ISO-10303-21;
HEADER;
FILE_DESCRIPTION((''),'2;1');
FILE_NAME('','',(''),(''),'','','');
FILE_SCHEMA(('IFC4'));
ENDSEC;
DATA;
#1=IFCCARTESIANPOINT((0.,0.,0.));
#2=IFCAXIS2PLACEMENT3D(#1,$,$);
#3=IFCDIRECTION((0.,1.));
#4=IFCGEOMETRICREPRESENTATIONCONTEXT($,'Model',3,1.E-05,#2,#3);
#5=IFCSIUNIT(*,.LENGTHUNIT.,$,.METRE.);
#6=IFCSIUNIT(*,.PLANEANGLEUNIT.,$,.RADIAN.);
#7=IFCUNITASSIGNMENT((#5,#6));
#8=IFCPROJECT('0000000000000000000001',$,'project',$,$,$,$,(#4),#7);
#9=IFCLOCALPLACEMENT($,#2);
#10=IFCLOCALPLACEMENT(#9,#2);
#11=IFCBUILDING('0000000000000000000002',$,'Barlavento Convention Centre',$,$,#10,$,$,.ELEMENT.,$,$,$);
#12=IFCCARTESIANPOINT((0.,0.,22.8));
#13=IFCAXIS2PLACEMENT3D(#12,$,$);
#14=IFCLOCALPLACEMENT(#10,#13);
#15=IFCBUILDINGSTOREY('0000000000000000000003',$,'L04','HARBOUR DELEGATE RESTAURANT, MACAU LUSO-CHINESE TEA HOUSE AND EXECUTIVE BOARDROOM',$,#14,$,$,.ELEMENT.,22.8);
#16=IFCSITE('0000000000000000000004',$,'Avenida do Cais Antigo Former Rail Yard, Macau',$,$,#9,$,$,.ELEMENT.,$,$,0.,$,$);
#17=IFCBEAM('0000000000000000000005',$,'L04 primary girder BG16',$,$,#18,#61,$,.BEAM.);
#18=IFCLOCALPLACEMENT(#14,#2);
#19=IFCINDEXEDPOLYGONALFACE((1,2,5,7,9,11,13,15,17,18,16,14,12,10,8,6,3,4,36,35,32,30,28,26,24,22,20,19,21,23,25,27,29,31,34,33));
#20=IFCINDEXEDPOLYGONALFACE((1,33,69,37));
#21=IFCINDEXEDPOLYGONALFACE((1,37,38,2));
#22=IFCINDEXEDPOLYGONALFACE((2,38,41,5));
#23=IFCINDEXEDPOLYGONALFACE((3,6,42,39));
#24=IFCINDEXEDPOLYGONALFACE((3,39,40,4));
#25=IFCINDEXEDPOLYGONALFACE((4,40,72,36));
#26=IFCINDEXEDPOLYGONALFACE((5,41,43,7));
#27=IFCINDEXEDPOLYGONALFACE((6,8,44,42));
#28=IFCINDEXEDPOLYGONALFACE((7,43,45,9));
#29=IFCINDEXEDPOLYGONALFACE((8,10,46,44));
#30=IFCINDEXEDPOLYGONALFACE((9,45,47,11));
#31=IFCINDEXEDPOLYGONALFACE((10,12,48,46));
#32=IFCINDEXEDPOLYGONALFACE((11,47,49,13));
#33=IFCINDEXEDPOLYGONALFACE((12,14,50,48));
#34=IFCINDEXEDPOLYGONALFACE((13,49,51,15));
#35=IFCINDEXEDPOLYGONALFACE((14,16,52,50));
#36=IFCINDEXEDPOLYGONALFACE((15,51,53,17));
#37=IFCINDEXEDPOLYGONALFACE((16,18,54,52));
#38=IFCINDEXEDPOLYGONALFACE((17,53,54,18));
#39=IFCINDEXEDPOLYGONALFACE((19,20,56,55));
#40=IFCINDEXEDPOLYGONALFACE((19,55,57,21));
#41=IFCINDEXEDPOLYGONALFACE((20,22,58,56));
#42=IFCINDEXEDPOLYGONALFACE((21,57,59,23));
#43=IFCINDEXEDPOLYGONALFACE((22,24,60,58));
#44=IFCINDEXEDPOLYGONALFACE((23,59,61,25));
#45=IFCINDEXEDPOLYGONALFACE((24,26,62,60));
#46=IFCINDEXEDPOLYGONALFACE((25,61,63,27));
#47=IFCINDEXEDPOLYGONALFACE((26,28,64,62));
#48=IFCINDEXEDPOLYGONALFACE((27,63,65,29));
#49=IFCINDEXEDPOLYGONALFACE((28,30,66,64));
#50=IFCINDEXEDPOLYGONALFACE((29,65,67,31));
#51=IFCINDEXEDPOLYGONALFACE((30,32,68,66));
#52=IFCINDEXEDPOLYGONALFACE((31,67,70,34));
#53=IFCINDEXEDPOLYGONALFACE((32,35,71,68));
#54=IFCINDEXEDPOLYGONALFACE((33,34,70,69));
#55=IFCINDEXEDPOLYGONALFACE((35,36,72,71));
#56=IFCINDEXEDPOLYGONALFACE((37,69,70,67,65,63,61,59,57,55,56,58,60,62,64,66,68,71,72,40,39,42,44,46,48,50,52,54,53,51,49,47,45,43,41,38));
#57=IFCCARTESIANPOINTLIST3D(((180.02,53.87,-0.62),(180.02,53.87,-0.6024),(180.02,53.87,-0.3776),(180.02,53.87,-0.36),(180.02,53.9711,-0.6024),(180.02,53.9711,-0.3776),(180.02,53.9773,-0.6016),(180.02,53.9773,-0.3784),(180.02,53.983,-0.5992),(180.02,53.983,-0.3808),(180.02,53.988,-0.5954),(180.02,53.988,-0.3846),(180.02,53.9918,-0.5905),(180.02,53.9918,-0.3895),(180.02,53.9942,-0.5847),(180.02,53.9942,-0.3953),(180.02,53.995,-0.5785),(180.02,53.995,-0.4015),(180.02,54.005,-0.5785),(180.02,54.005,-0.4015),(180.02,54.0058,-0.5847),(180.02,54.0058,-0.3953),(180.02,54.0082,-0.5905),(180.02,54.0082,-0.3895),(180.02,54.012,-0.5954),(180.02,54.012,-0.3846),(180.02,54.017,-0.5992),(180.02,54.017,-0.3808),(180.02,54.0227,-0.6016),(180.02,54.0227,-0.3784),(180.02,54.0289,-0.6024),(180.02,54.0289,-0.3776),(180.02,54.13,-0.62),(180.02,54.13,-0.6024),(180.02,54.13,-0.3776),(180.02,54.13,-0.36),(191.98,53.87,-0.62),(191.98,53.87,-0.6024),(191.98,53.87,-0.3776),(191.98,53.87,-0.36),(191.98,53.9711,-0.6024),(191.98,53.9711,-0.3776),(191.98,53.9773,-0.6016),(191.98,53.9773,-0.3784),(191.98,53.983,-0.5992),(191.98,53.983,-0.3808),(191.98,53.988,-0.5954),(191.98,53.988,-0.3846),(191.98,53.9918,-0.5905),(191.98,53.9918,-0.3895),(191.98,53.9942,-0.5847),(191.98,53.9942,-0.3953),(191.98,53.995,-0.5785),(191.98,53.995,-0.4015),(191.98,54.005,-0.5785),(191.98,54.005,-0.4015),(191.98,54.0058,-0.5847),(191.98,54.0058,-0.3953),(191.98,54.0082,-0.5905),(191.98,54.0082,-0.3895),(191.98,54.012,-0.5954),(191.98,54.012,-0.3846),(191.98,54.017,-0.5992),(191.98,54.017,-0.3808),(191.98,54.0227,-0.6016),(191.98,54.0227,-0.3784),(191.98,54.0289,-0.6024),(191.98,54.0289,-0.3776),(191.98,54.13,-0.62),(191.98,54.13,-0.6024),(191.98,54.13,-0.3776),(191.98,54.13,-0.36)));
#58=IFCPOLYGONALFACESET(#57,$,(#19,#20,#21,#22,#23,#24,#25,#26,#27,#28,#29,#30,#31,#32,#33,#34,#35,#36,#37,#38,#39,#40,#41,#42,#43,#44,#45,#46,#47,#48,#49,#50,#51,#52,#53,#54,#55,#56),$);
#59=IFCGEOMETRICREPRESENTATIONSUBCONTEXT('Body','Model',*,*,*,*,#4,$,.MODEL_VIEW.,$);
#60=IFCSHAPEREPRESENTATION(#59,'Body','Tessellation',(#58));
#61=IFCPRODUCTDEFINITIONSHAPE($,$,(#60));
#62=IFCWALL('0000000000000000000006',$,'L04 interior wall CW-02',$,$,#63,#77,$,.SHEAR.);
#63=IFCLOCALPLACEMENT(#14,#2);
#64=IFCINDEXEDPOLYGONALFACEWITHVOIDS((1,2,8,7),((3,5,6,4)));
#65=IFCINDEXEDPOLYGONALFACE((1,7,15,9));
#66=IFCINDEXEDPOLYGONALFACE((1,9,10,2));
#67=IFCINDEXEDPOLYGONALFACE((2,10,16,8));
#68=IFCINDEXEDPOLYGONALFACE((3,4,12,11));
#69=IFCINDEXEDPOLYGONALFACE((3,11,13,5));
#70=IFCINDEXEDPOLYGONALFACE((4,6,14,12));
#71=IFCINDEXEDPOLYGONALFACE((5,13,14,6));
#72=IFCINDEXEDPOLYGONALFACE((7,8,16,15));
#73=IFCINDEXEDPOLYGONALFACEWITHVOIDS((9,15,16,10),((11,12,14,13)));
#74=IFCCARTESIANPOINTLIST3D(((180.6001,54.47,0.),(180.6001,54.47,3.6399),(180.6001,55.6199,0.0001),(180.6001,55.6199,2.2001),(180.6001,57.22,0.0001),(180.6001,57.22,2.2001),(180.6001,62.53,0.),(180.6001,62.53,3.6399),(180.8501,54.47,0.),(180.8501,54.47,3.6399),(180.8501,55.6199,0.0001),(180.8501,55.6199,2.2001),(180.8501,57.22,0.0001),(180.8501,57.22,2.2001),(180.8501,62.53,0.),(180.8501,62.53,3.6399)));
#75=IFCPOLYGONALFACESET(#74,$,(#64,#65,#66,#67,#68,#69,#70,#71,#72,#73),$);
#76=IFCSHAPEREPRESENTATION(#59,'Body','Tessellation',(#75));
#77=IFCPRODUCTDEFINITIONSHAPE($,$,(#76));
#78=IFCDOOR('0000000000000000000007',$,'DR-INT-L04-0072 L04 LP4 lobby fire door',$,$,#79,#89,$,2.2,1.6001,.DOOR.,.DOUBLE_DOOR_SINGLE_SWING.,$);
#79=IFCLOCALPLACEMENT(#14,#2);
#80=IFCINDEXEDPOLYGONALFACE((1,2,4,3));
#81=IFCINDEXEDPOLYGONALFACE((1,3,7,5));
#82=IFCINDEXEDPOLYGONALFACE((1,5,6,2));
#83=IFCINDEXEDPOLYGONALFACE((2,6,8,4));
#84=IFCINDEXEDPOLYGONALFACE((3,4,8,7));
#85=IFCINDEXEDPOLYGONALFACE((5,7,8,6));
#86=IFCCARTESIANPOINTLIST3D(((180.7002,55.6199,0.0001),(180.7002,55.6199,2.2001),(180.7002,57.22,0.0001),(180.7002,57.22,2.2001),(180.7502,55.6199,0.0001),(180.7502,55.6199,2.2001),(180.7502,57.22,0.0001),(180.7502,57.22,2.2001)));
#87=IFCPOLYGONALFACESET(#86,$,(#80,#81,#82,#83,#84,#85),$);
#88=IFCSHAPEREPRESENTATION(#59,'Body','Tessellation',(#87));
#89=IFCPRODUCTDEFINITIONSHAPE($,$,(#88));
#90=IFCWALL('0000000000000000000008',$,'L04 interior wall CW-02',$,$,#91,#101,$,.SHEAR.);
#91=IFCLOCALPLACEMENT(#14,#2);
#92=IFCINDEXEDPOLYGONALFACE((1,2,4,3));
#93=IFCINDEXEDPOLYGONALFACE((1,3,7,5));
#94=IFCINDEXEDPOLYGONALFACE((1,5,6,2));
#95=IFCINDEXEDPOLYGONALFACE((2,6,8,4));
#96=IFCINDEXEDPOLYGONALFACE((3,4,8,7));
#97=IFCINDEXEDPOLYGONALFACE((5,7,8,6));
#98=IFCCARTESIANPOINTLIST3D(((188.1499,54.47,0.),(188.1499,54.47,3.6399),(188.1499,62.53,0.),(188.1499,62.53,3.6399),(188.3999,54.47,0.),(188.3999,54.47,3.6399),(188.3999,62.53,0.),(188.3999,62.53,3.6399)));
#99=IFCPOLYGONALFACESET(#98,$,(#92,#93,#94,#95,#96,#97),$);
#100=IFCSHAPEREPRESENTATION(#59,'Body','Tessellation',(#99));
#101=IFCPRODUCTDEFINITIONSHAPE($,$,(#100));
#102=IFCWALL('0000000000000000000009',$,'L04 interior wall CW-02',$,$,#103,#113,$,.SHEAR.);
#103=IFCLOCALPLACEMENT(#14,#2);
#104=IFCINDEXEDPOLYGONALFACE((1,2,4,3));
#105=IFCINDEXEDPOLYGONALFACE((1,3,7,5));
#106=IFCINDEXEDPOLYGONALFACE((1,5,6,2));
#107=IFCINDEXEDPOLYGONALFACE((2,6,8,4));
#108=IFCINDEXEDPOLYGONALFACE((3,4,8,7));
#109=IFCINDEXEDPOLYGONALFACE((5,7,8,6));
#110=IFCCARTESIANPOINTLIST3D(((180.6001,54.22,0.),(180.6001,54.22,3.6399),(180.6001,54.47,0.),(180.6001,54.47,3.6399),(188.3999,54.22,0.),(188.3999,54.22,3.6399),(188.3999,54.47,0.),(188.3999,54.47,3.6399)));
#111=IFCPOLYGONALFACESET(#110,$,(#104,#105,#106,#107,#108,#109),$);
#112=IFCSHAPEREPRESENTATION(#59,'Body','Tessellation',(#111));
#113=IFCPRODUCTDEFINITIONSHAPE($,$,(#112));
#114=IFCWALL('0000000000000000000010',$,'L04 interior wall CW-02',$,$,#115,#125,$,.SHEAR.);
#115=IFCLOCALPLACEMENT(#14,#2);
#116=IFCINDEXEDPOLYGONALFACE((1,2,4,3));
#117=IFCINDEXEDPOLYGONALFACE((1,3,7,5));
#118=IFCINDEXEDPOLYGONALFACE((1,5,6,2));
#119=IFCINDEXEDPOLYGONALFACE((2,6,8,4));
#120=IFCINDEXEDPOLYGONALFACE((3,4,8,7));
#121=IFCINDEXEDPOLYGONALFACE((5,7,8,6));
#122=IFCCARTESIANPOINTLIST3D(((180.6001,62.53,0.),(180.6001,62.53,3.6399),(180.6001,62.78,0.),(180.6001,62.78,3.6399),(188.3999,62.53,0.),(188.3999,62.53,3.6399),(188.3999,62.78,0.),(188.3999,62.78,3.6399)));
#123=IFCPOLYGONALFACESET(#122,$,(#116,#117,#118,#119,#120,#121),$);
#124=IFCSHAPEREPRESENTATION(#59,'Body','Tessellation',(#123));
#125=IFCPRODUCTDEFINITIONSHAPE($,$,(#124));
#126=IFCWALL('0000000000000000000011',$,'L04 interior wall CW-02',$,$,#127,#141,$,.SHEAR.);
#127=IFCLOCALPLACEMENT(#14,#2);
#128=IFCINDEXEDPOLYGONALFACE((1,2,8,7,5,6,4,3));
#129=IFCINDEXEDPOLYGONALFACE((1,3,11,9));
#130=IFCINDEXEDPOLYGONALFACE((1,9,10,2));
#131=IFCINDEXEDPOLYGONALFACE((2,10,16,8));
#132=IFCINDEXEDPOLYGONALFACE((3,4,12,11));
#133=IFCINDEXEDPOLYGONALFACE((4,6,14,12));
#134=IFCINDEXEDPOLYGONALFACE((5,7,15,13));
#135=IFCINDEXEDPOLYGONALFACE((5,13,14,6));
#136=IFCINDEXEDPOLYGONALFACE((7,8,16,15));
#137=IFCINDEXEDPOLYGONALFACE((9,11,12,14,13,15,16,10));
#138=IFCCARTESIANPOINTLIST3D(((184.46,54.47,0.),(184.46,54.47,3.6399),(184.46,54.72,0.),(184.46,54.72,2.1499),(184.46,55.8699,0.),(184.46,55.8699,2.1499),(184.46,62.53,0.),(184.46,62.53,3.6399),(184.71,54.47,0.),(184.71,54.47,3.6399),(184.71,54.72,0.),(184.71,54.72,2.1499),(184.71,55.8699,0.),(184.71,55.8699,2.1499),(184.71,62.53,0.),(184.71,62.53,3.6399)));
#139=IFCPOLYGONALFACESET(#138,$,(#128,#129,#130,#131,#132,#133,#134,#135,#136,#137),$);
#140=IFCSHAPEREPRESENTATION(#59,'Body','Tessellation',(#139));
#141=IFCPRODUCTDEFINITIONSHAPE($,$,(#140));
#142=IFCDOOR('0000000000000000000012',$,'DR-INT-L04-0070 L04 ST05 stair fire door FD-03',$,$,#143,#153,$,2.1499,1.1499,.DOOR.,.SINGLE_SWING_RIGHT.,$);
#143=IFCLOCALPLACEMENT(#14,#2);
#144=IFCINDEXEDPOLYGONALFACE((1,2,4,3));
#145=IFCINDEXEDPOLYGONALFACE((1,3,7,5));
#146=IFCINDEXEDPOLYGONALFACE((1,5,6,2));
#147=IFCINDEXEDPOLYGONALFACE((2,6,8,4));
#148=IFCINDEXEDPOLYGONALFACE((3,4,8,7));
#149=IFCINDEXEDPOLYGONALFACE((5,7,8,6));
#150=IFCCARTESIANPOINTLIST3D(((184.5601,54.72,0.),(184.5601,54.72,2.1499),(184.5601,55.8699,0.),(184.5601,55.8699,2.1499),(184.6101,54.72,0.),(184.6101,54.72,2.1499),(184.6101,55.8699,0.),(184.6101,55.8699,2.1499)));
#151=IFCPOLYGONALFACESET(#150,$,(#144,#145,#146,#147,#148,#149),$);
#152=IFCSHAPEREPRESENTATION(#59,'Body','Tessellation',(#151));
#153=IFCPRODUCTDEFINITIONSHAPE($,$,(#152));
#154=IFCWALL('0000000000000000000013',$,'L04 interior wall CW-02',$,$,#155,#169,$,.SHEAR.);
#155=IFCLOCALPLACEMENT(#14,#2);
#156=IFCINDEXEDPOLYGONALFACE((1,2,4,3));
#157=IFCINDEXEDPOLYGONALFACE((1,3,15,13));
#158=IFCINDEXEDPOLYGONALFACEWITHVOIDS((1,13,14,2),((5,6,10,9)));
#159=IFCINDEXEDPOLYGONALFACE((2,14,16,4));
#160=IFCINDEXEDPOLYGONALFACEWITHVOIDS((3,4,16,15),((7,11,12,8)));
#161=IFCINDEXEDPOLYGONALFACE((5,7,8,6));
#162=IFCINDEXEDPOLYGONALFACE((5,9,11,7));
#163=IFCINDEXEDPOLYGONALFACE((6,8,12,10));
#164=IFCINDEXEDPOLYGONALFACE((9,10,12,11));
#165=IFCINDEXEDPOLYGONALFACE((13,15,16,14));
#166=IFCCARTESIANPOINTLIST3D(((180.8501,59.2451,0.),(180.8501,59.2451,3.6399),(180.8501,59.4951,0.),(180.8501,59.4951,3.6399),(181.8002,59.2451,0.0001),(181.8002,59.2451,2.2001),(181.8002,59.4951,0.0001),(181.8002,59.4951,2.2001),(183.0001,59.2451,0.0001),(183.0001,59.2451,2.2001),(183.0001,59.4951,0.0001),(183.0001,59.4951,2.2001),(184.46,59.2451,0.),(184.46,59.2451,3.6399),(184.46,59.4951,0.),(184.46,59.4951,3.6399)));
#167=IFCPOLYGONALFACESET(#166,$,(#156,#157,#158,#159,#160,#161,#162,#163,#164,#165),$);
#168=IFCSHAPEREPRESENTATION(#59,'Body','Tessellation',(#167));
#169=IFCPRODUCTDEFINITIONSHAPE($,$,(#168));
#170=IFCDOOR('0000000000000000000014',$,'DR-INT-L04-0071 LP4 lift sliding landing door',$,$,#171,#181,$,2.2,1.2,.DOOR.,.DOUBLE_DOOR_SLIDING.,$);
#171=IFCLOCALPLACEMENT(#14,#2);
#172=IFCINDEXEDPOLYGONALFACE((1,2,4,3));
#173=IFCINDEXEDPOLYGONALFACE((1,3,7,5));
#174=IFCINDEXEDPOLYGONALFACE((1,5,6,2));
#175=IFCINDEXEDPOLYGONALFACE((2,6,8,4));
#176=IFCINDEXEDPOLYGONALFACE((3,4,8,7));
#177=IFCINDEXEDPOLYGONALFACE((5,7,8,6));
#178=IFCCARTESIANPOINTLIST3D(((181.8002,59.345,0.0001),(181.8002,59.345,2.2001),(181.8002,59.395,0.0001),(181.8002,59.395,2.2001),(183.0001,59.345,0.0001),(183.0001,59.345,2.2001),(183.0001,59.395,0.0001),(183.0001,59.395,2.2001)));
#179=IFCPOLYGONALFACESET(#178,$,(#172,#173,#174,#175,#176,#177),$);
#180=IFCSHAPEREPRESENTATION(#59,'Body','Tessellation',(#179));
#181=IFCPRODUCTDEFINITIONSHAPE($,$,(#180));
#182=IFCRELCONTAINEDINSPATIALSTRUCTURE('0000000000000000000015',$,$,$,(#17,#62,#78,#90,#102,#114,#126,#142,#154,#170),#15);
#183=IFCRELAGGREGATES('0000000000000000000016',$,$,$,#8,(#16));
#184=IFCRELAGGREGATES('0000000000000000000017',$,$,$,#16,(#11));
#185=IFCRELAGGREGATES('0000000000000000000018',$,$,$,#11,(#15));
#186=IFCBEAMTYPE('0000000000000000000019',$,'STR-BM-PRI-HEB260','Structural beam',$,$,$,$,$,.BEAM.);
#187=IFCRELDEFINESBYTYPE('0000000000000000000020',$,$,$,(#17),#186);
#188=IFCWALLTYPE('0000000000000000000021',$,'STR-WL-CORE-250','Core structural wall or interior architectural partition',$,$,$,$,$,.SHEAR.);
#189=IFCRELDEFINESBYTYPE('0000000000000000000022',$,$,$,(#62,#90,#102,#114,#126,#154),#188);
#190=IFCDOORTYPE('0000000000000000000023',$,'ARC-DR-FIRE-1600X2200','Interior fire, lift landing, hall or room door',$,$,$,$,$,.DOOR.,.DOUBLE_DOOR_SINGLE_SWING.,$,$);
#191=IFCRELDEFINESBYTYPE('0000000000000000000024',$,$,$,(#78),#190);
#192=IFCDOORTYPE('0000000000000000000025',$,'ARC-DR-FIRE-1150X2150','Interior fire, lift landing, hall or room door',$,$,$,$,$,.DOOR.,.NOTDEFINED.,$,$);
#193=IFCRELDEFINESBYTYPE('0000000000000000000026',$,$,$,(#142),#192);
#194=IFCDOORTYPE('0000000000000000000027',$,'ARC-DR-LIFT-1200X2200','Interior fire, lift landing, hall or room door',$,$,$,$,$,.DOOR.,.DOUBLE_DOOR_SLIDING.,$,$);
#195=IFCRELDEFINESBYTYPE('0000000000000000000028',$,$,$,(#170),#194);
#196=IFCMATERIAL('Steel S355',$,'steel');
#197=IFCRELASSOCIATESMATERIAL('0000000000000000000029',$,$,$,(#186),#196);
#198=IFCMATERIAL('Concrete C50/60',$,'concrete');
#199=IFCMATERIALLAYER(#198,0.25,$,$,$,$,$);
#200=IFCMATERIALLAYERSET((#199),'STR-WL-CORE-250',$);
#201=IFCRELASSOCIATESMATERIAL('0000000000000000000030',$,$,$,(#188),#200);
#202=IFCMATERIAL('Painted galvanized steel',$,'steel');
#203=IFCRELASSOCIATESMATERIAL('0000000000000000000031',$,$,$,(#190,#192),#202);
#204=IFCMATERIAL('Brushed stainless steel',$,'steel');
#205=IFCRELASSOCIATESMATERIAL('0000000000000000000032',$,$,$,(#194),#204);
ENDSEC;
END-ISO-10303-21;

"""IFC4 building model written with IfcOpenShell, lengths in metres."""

from ifc_helpers import new_model, si_unit, direction, frame, frame_2d, origin, origin_2d, place, context, subcontext, project, spatial, rectangle, i_section, extrude, material, layer, layer_set, material_profile, profile_set, type_object, element, fill, save


model = new_model("IFC4")

# Units and contexts
model_context = context("Model", 3, precision=1e-05, world=origin(), true_north=direction((0.0, 1.0)))
body_context = subcontext(model_context, "Body", "Model", "MODEL_VIEW")
ifc_project = project(units=[si_unit("LENGTHUNIT", "METRE"), si_unit("PLANEANGLEUNIT", "RADIAN")], contexts=[model_context])

# Site, building, storey
site_placement = place(None, origin())
site = spatial("IfcSite", under=ifc_project, at=site_placement, Name="Avenida do Cais Antigo Former Rail Yard, Macau", CompositionType="ELEMENT", RefElevation=0.0)
building_placement = place(site_placement, origin())
building = spatial("IfcBuilding", under=site, at=building_placement, Name="Barlavento Convention Centre", CompositionType="ELEMENT")
storey_placement = place(building_placement, frame((0.0, 0.0, 22.8)))
storey = spatial("IfcBuildingStorey", under=building, at=storey_placement, Name="L04", Description="HARBOUR DELEGATE RESTAURANT, MACAU LUSO-CHINESE TEA HOUSE AND EXECUTIVE BOARDROOM", CompositionType="ELEMENT", Elevation=22.8)

# Beam
ifc_material_1 = material(Name="Steel S355", Category="steel")
ifc_material_profile = material_profile(ifc_material_1, i_section(OverallWidth=0.26, OverallDepth=0.26, WebThickness=0.01, FlangeThickness=0.0176, FilletRadius=0.0239, at=origin_2d()), Name="HEB 260")
ifc_profile_set = profile_set([ifc_material_profile], Name="Steel S355")
beam_type = type_object("IfcBeamType", Name="STR-BM-PRI-HEB260", Description="Structural beam", PredefinedType="BEAM", material=ifc_profile_set)
beam_placement = place(storey_placement, frame((180.02, 54.0, -0.49), z_axis=(1.0, 0.0, 0.0), x_axis=(0.0, 1.0, 0.0)))
element("IfcBeam", 1, at=beam_placement, inside=storey, type_object=beam_type, Name="L04 primary girder BG16", PredefinedType="BEAM", context=body_context, shape_type="SweptSolid", body=[
    extrude(i_section(OverallWidth=0.26, OverallDepth=0.26, WebThickness=0.01, FlangeThickness=0.0176, FilletRadius=0.0239, at=origin_2d()), origin(), (0.0, 0.0, 1.0), 11.96),
])

# Wall, opening, door
ifc_material_2 = material(Name="Concrete C50/60", Category="concrete")
ifc_layer = layer(ifc_material_2, 0.25)
ifc_layer_set = layer_set([ifc_layer], Name="STR-WL-CORE-250")
wall_type = type_object("IfcWallType", Name="STR-WL-CORE-250", Description="Core structural wall or interior architectural partition", PredefinedType="SHEAR", material=ifc_layer_set)
wall_1_placement = place(storey_placement, frame((180.7251, 54.47, 0.0), z_axis=(0.0, 0.0, 1.0), x_axis=(0.0, 1.0, 0.0)))
wall_1 = element("IfcWall", 2, at=wall_1_placement, inside=storey, type_object=wall_type, Name="L04 interior wall CW-02", PredefinedType="SHEAR", context=body_context, shape_type="SweptSolid", body=[
    extrude(rectangle(XDim=8.0601, YDim=0.25, at=frame_2d((4.03, 0.0))), origin(), (0.0, 0.0, 1.0), 3.6399),
])
opening_1_placement = place(wall_1_placement, frame((1.1499, 0.0, 0.0)))
opening_1 = element("IfcOpeningElement", 3, at=opening_1_placement, cuts=wall_1, PredefinedType="OPENING", context=body_context, shape_type="SweptSolid", body=[
    extrude(rectangle(XDim=1.6001, YDim=2.2, at=frame_2d((0.8, 1.1001))), frame((0.0, 0.135, 0.0), z_axis=(0.0, -1.0, 0.0), x_axis=(1.0, 0.0, 0.0)), (0.0, 0.0, 1.0), 0.27),
])
ifc_material_3 = material(Name="Painted galvanized steel", Category="steel")
door_type_1 = type_object("IfcDoorType", Name="ARC-DR-FIRE-1600X2200", Description="Interior fire, lift landing, hall or room door", OperationType="DOUBLE_DOOR_SINGLE_SWING", PredefinedType="DOOR", material=ifc_material_3)
door_1_placement = place(opening_1_placement, origin())
door_1 = element("IfcDoor", 4, at=door_1_placement, inside=storey, type_object=door_type_1, Name="DR-INT-L04-0072 L04 LP4 lobby fire door", OperationType="DOUBLE_DOOR_SINGLE_SWING", OverallHeight=2.2, OverallWidth=1.6001, PredefinedType="DOOR", context=body_context, shape_type="SweptSolid", body=[
    extrude(rectangle(XDim=1.6001, YDim=2.2, at=frame_2d((0.8, 1.1001))), frame((0.0, 0.0249, 0.0), z_axis=(0.0, -1.0, 0.0), x_axis=(1.0, 0.0, 0.0)), (0.0, 0.0, 1.0), 0.05),
])
fill(opening_1, door_1)

# Walls
wall_2_placement = place(storey_placement, frame((188.2749, 54.47, 0.0), z_axis=(0.0, 0.0, 1.0), x_axis=(0.0, 1.0, 0.0)))
element("IfcWall", 5, at=wall_2_placement, inside=storey, type_object=wall_type, Name="L04 interior wall CW-02", PredefinedType="SHEAR", context=body_context, shape_type="SweptSolid", body=[
    extrude(rectangle(XDim=8.0601, YDim=0.25, at=frame_2d((4.03, 0.0))), origin(), (0.0, 0.0, 1.0), 3.6399),
])
for number, where, z_axis, x_axis, name in (
    (6, (180.6001, 54.345, 0.0), (0.0, 0.0, 1.0), (1.0, 0.0, 0.0), "L04 interior wall CW-02"),
    (7, (180.6001, 62.655, 0.0), (0.0, 0.0, 1.0), (1.0, 0.0, 0.0), "L04 interior wall CW-02"),
):
    element("IfcWall", number, at=place(storey_placement, frame(where, z_axis=z_axis, x_axis=x_axis)), inside=storey, type_object=wall_type, Name=name, PredefinedType="SHEAR", context=body_context, shape_type="SweptSolid", body=[
        extrude(rectangle(XDim=7.7998, YDim=0.25, at=frame_2d((3.8999, 0.0))), origin(), (0.0, 0.0, 1.0), 3.6399),
    ])

# Walls, openings, doors
wall_3_placement = place(storey_placement, frame((184.585, 54.47, 0.0), z_axis=(0.0, 0.0, 1.0), x_axis=(0.0, 1.0, 0.0)))
wall_3 = element("IfcWall", 8, at=wall_3_placement, inside=storey, type_object=wall_type, Name="L04 interior wall CW-02", PredefinedType="SHEAR", context=body_context, shape_type="SweptSolid", body=[
    extrude(rectangle(XDim=8.0601, YDim=0.25, at=frame_2d((4.03, 0.0))), origin(), (0.0, 0.0, 1.0), 3.6399),
])
opening_2_placement = place(wall_3_placement, frame((0.25, 0.0, 0.0)))
opening_2 = element("IfcOpeningElement", 9, at=opening_2_placement, cuts=wall_3, PredefinedType="OPENING", context=body_context, shape_type="SweptSolid", body=[
    extrude(rectangle(XDim=1.1499, YDim=2.1499, at=frame_2d((0.575, 1.075))), frame((0.0, 0.135, 0.0), z_axis=(0.0, -1.0, 0.0), x_axis=(1.0, 0.0, 0.0)), (0.0, 0.0, 1.0), 0.27),
])
door_type_2 = type_object("IfcDoorType", Name="ARC-DR-FIRE-1150X2150", Description="Interior fire, lift landing, hall or room door", OperationType="NOTDEFINED", PredefinedType="DOOR", material=ifc_material_3)
door_2_placement = place(opening_2_placement, origin())
door_2 = element("IfcDoor", 10, at=door_2_placement, inside=storey, type_object=door_type_2, Name="DR-INT-L04-0070 L04 ST05 stair fire door FD-03", OperationType="SINGLE_SWING_RIGHT", OverallHeight=2.1499, OverallWidth=1.1499, PredefinedType="DOOR", context=body_context, shape_type="SweptSolid", body=[
    extrude(rectangle(XDim=1.1499, YDim=2.1499, at=frame_2d((0.575, 1.075))), frame((0.0, 0.0249, 0.0), z_axis=(0.0, -1.0, 0.0), x_axis=(1.0, 0.0, 0.0)), (0.0, 0.0, 1.0), 0.05),
])
fill(opening_2, door_2)
wall_4_placement = place(storey_placement, frame((180.8501, 59.3701, 0.0), z_axis=(0.0, 0.0, 1.0), x_axis=(1.0, 0.0, 0.0)))
wall_4 = element("IfcWall", 11, at=wall_4_placement, inside=storey, type_object=wall_type, Name="L04 interior wall CW-02", PredefinedType="SHEAR", context=body_context, shape_type="SweptSolid", body=[
    extrude(rectangle(XDim=3.6099, YDim=0.25, at=frame_2d((1.8049, 0.0))), origin(), (0.0, 0.0, 1.0), 3.6399),
])
opening_3_placement = place(wall_4_placement, frame((0.95, 0.0, 0.0)))
opening_3 = element("IfcOpeningElement", 12, at=opening_3_placement, cuts=wall_4, PredefinedType="OPENING", context=body_context, shape_type="SweptSolid", body=[
    extrude(rectangle(XDim=1.2, YDim=2.2, at=frame_2d((0.6001, 1.1001))), frame((0.0, 0.135, 0.0), z_axis=(0.0, -1.0, 0.0), x_axis=(1.0, 0.0, 0.0)), (0.0, 0.0, 1.0), 0.27),
])
ifc_material_4 = material(Name="Brushed stainless steel", Category="steel")
door_type_3 = type_object("IfcDoorType", Name="ARC-DR-LIFT-1200X2200", Description="Interior fire, lift landing, hall or room door", OperationType="DOUBLE_DOOR_SLIDING", PredefinedType="DOOR", material=ifc_material_4)
door_3_placement = place(opening_3_placement, origin())
door_3 = element("IfcDoor", 13, at=door_3_placement, inside=storey, type_object=door_type_3, Name="DR-INT-L04-0071 LP4 lift sliding landing door", OperationType="DOUBLE_DOOR_SLIDING", OverallHeight=2.2, OverallWidth=1.2, PredefinedType="DOOR", context=body_context, shape_type="SweptSolid", body=[
    extrude(rectangle(XDim=1.2, YDim=2.2, at=frame_2d((0.6001, 1.1001))), frame((0.0, 0.0249, 0.0), z_axis=(0.0, -1.0, 0.0), x_axis=(1.0, 0.0, 0.0)), (0.0, 0.0, 1.0), 0.05),
])
fill(opening_3, door_3)

save(model, "model.ifc")
